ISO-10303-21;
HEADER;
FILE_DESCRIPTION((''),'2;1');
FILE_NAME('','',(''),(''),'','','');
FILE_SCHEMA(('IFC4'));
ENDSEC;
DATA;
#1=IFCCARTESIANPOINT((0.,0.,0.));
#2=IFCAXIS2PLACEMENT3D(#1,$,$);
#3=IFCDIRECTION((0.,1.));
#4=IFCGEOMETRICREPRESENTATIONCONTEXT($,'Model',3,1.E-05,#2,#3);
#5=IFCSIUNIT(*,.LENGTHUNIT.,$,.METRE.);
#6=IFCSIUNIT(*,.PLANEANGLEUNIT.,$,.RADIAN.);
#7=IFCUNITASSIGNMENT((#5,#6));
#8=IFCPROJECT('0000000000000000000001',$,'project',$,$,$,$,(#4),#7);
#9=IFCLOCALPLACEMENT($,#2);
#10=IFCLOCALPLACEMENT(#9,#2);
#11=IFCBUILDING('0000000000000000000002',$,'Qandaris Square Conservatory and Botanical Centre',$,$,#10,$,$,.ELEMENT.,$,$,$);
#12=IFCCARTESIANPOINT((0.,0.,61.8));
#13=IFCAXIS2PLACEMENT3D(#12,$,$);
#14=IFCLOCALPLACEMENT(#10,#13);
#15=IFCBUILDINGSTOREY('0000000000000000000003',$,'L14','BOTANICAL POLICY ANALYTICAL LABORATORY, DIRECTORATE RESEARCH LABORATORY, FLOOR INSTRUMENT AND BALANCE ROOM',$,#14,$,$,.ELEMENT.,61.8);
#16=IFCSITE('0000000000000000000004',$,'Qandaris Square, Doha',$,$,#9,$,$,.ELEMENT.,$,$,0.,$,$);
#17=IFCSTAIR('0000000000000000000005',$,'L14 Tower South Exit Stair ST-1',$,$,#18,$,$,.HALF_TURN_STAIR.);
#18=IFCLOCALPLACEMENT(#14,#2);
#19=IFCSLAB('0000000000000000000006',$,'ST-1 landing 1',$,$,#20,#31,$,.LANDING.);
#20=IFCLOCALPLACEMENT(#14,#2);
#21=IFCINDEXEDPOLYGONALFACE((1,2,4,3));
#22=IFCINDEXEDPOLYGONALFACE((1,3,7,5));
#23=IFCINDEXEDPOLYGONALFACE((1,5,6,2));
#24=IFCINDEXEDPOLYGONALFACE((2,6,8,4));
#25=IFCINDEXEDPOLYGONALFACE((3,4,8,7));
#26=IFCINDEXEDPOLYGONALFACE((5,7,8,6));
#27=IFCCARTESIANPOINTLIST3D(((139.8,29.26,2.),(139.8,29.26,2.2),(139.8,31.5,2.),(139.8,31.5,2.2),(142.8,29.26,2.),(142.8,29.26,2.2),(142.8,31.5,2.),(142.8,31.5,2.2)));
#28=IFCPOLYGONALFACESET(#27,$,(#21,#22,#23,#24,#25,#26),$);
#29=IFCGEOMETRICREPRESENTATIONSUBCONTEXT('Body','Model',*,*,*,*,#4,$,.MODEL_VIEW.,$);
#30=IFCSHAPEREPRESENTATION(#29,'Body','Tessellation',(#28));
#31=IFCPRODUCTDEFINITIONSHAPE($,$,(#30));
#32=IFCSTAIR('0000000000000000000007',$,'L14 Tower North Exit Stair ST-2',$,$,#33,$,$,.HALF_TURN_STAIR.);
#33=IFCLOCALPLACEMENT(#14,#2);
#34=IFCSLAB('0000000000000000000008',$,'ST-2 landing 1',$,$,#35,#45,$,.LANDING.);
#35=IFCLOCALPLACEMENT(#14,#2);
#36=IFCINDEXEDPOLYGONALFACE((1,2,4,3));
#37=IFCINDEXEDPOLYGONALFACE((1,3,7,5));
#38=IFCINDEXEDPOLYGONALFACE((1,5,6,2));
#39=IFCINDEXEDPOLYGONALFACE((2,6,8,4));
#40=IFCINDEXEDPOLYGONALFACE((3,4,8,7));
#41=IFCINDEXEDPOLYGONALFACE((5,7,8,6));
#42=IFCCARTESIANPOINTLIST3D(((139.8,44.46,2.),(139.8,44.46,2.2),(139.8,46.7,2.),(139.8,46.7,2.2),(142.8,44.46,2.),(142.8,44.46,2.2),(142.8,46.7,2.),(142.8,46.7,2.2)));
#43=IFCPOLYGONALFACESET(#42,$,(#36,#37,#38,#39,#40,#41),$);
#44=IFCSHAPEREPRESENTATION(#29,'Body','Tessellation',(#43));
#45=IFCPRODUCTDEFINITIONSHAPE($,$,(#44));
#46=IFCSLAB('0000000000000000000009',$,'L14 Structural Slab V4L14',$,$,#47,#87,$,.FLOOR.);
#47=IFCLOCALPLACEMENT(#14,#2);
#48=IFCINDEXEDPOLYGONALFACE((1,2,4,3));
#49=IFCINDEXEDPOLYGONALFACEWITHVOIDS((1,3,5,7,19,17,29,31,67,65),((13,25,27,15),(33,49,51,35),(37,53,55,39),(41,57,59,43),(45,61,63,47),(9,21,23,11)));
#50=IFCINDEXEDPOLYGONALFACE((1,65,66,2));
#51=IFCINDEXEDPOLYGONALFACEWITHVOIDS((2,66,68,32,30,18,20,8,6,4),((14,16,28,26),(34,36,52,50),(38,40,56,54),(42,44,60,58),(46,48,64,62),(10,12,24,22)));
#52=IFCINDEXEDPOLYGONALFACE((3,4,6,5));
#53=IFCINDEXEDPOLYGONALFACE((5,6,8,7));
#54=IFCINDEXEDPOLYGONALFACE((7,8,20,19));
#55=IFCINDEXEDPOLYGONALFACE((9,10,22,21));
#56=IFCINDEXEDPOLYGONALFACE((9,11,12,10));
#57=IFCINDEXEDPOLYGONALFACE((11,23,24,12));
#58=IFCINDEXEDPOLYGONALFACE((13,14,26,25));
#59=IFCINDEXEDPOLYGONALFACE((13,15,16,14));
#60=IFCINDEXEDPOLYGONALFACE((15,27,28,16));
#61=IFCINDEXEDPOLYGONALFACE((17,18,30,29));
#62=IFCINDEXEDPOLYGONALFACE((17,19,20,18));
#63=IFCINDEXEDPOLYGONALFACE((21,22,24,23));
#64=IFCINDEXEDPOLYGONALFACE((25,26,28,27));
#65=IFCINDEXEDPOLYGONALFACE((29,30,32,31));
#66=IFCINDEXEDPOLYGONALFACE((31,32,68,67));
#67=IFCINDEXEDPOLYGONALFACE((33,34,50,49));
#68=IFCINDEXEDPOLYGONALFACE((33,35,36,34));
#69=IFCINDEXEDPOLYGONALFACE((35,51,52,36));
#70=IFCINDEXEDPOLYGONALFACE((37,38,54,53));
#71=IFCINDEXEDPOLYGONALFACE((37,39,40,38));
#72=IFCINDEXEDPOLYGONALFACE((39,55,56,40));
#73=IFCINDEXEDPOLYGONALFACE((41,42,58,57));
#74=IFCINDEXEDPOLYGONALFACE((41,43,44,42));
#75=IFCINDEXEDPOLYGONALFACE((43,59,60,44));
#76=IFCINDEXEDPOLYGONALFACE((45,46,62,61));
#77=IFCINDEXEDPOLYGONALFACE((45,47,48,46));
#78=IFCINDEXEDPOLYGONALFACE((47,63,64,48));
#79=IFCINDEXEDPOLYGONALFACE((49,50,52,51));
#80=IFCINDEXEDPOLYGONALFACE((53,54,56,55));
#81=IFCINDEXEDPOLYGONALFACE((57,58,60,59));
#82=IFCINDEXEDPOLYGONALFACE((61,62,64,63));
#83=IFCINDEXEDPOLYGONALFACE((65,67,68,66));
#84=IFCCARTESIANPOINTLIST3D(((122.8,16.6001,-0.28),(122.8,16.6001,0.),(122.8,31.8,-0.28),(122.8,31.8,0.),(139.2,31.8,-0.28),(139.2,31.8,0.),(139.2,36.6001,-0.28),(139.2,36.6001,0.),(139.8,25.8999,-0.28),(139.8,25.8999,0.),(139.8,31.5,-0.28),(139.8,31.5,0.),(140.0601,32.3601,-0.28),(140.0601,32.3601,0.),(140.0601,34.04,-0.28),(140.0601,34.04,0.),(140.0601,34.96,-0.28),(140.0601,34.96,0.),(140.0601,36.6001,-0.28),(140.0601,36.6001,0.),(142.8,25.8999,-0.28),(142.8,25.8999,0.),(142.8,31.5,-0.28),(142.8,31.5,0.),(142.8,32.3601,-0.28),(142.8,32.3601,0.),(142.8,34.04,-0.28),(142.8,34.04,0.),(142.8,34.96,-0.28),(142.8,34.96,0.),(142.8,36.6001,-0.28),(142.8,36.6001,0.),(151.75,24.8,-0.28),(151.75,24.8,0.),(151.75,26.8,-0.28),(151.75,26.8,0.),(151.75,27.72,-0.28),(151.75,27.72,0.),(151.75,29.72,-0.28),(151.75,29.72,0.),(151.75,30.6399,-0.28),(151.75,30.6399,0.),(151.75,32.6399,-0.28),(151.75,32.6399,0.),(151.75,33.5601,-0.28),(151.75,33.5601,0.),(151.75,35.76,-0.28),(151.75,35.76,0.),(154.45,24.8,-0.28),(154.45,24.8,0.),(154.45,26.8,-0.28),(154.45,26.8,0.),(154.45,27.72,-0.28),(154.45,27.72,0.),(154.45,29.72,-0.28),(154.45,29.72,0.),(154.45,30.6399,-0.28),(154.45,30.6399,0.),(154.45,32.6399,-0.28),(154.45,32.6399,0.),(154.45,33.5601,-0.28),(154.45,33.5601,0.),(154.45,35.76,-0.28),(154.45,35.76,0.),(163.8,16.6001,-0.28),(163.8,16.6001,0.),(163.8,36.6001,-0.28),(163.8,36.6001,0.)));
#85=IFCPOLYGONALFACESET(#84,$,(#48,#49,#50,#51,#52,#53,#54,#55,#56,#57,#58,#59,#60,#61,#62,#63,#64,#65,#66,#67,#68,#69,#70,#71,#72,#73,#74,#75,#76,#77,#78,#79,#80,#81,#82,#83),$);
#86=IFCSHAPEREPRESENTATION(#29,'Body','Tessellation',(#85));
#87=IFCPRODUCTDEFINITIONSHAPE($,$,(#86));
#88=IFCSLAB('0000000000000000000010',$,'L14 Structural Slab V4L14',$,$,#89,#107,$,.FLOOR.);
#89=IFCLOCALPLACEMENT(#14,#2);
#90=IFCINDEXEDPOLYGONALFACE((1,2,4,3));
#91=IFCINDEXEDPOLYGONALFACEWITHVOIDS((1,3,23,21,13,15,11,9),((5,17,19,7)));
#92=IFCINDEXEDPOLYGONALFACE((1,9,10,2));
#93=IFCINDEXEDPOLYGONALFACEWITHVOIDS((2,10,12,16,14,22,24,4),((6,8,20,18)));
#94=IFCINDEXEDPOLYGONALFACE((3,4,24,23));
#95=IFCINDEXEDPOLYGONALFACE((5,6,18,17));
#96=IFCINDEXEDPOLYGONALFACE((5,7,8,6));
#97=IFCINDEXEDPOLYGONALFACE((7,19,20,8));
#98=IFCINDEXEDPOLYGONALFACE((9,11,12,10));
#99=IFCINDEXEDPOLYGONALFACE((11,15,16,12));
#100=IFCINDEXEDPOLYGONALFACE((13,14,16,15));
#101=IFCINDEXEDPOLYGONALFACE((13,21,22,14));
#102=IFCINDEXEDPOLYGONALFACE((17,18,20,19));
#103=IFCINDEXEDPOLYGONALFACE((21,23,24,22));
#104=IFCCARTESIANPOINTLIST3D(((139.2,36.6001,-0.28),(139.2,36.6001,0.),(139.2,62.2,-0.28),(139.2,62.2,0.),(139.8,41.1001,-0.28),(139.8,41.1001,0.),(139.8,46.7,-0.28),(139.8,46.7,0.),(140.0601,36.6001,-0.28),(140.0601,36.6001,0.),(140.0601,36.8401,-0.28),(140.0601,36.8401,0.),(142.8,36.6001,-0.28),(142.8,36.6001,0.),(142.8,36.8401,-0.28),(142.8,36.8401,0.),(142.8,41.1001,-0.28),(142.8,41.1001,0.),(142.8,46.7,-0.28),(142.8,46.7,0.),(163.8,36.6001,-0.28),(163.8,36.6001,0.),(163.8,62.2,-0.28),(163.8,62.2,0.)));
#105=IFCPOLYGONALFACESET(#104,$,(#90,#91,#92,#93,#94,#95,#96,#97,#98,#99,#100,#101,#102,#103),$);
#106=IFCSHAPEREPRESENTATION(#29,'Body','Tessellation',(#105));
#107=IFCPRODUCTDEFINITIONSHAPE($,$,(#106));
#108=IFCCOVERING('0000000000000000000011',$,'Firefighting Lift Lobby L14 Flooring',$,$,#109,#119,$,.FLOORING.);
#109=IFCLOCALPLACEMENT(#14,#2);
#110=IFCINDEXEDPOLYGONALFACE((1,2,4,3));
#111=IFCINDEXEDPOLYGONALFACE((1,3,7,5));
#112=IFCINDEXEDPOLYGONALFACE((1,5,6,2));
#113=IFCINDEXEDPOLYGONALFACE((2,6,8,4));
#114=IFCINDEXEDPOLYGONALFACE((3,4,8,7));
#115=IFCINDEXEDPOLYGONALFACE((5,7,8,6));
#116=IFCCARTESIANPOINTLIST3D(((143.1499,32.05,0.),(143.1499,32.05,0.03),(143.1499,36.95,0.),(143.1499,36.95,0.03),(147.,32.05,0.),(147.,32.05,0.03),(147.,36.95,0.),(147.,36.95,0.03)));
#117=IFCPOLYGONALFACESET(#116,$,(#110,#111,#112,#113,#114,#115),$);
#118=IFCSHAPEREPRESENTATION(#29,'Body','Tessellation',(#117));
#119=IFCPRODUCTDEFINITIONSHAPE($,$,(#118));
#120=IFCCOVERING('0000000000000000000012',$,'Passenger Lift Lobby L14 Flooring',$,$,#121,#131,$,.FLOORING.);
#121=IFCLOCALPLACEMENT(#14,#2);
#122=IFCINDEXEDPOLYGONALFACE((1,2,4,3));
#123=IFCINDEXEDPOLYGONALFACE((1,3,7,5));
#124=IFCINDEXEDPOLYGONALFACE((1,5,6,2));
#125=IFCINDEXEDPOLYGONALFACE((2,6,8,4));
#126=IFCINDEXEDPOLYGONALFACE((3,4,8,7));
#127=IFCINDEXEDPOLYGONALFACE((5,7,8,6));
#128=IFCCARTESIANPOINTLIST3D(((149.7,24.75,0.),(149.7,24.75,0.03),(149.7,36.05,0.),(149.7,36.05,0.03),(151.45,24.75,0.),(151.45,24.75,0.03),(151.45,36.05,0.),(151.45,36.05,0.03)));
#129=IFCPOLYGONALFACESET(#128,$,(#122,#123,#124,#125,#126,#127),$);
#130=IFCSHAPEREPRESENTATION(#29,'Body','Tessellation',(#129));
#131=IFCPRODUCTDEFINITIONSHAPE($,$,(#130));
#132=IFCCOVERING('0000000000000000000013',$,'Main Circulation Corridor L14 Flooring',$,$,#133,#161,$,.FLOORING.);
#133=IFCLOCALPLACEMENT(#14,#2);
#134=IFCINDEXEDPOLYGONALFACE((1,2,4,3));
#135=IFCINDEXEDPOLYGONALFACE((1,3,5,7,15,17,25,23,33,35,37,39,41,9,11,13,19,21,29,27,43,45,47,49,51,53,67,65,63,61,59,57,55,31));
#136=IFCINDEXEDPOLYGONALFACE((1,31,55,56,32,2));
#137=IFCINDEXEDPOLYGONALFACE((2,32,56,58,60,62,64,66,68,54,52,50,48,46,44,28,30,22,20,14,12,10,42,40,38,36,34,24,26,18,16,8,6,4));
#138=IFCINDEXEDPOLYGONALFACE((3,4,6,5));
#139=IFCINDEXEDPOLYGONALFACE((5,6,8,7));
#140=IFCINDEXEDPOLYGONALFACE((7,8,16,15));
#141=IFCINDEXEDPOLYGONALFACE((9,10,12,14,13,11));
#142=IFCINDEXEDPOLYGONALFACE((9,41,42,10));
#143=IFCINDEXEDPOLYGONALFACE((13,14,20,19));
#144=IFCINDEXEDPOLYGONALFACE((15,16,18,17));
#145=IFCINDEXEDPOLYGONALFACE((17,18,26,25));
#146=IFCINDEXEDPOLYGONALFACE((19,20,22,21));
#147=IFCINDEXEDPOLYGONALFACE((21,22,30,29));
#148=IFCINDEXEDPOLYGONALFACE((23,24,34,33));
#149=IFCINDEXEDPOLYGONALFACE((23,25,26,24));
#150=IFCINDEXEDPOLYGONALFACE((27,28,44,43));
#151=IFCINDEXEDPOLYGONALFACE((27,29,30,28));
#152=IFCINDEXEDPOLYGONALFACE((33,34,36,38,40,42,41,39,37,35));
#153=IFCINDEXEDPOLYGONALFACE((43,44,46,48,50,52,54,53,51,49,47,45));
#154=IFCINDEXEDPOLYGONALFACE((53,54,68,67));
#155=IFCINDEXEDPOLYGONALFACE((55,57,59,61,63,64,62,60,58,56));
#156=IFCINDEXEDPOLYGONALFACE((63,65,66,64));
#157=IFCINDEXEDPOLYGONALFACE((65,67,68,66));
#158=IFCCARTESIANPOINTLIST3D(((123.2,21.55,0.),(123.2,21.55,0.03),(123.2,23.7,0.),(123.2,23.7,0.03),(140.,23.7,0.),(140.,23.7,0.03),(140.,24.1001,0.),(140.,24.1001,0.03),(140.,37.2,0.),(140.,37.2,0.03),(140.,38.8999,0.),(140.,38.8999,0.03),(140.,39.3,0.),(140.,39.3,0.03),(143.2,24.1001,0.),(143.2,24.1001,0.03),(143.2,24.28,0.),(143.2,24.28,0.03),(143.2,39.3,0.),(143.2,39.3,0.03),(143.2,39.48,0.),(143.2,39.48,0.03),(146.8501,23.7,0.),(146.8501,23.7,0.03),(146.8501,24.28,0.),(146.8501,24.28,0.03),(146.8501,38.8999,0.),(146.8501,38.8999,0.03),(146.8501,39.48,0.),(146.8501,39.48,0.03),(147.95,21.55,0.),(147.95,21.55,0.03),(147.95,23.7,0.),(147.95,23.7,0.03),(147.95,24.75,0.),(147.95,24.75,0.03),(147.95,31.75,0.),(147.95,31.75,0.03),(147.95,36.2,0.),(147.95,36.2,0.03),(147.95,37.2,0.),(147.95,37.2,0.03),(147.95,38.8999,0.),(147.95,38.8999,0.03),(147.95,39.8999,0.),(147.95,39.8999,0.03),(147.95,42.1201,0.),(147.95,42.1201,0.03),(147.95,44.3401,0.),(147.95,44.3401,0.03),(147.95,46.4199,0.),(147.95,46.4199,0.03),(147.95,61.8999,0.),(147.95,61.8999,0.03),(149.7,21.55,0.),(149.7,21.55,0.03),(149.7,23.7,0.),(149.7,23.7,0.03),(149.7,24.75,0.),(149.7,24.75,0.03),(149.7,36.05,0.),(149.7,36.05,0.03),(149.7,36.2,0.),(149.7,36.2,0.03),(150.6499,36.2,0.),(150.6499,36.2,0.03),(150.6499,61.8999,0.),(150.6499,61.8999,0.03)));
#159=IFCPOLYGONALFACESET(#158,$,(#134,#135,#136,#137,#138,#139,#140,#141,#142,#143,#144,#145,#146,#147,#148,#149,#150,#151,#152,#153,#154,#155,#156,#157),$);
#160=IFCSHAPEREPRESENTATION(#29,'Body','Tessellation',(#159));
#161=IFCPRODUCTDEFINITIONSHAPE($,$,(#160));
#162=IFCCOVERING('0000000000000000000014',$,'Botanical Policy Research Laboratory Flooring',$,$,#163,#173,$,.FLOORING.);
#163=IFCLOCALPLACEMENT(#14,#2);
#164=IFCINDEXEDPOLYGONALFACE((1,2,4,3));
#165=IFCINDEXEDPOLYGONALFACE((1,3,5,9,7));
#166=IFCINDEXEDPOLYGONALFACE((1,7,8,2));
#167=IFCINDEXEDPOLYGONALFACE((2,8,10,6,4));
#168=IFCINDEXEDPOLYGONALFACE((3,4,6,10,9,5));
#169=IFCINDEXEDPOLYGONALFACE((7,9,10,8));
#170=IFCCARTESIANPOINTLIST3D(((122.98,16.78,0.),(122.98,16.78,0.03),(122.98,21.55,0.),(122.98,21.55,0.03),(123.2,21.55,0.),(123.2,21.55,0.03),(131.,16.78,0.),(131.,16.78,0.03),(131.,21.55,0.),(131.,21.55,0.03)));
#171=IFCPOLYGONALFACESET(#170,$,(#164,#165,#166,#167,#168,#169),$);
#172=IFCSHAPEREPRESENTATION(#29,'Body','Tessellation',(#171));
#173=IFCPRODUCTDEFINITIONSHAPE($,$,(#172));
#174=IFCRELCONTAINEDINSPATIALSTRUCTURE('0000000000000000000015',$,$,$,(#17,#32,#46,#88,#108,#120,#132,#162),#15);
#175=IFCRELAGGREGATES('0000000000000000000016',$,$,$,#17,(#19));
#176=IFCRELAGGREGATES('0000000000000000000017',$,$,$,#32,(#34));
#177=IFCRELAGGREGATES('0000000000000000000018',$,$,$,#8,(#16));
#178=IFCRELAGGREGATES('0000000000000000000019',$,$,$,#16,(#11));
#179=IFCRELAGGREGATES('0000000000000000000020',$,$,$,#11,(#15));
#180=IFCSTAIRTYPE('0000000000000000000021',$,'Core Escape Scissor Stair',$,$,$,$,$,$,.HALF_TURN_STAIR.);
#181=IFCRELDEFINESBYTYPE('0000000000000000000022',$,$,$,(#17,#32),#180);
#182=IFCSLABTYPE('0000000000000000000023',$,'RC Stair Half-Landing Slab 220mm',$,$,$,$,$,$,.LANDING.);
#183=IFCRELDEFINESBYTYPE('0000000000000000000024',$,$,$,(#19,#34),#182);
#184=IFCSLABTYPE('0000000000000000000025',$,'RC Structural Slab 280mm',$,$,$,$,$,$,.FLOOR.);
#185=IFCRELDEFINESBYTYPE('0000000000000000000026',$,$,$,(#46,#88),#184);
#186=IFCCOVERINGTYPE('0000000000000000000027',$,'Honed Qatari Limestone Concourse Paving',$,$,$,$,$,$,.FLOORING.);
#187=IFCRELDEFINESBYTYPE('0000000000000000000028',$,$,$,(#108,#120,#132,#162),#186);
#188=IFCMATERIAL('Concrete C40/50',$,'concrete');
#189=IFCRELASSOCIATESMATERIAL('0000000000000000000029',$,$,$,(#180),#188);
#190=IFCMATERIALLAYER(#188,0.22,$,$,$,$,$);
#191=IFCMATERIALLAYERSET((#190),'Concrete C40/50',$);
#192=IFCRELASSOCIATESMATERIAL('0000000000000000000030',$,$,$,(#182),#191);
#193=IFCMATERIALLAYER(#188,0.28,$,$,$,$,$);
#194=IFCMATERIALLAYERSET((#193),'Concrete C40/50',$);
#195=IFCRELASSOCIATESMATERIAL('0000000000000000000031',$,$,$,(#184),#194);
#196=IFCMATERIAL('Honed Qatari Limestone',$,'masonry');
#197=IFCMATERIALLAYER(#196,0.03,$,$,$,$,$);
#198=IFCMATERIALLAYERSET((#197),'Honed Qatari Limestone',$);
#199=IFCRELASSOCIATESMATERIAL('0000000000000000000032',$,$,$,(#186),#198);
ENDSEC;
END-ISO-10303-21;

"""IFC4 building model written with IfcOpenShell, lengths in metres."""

from ifc_helpers import new_model, si_unit, direction, frame, origin, place, context, subcontext, project, spatial, polyline, outline, extrude, material, layer, layer_set, type_object, element, aggregate, save


model = new_model("IFC4")

# Units and contexts
model_context = context("Model", 3, precision=1e-05, world=origin(), true_north=direction((0.0, 1.0)))
body_context = subcontext(model_context, "Body", "Model", "MODEL_VIEW")
ifc_project = project(units=[si_unit("LENGTHUNIT", "METRE"), si_unit("PLANEANGLEUNIT", "RADIAN")], contexts=[model_context])

# Site, building, storey
site_placement = place(None, origin())
site = spatial("IfcSite", under=ifc_project, at=site_placement, Name="Qandaris Square, Doha", CompositionType="ELEMENT", RefElevation=0.0)
building_placement = place(site_placement, origin())
building = spatial("IfcBuilding", under=site, at=building_placement, Name="Qandaris Square Conservatory and Botanical Centre", CompositionType="ELEMENT")
storey_placement = place(building_placement, frame((0.0, 0.0, 61.8)))
storey = spatial("IfcBuildingStorey", under=building, at=storey_placement, Name="L14", Description="BOTANICAL POLICY ANALYTICAL LABORATORY, DIRECTORATE RESEARCH LABORATORY, FLOOR INSTRUMENT AND BALANCE ROOM", CompositionType="ELEMENT", Elevation=61.8)

# Stairs, slabs
ifc_material_1 = material(Name="Concrete C40/50", Category="concrete")
stair_type = type_object("IfcStairType", Name="Core Escape Scissor Stair", PredefinedType="HALF_TURN_STAIR", material=ifc_material_1)
stair_1_placement = place(storey_placement, origin())
stair_1 = element("IfcStair", 1, at=stair_1_placement, inside=storey, type_object=stair_type, Name="L14 Tower South Exit Stair ST-1", PredefinedType="HALF_TURN_STAIR")
ifc_layer_1 = layer(ifc_material_1, 0.22)
ifc_layer_set_1 = layer_set([ifc_layer_1], Name="Concrete C40/50")
slab_type_1 = type_object("IfcSlabType", Name="RC Stair Half-Landing Slab 220mm", PredefinedType="LANDING", material=ifc_layer_set_1)
slab_1_placement = place(storey_placement, frame((0.0, 0.0, 2.0)))
slab_1 = element("IfcSlab", 2, at=slab_1_placement, type_object=slab_type_1, Name="ST-1 landing 1", PredefinedType="LANDING", context=body_context, shape_type="SweptSolid", body=[
    extrude(outline(polyline([(142.8, 29.26), (142.8, 31.5), (139.8, 31.5), (139.8, 29.26), (142.8, 29.26)])), origin(), (0.0, 0.0, 1.0), 0.2),
])
aggregate(stair_1, [slab_1])
stair_2_placement = place(storey_placement, origin())
stair_2 = element("IfcStair", 3, at=stair_2_placement, inside=storey, type_object=stair_type, Name="L14 Tower North Exit Stair ST-2", PredefinedType="HALF_TURN_STAIR")
slab_2_placement = place(storey_placement, frame((0.0, 0.0, 2.0)))
slab_2 = element("IfcSlab", 4, at=slab_2_placement, type_object=slab_type_1, Name="ST-2 landing 1", PredefinedType="LANDING", context=body_context, shape_type="SweptSolid", body=[
    extrude(outline(polyline([(142.8, 44.46), (142.8, 46.7), (139.8, 46.7), (139.8, 44.46), (142.8, 44.46)])), origin(), (0.0, 0.0, 1.0), 0.2),
])
aggregate(stair_2, [slab_2])

# Slabs
ifc_layer_2 = layer(ifc_material_1, 0.28)
ifc_layer_set_2 = layer_set([ifc_layer_2], Name="Concrete C40/50")
slab_type_2 = type_object("IfcSlabType", Name="RC Structural Slab 280mm", PredefinedType="FLOOR", material=ifc_layer_set_2)
slab_3_placement = place(storey_placement, frame((0.0, 0.0, -0.28)))
element("IfcSlab", 5, at=slab_3_placement, inside=storey, type_object=slab_type_2, Name="L14 Structural Slab V4L14", PredefinedType="FLOOR", context=body_context, shape_type="SweptSolid", body=[
    extrude(outline(polyline([(139.2, 31.8), (139.2, 36.6001), (140.0601, 36.6001), (140.0601, 34.96), (142.8, 34.96), (142.8, 36.6001), (163.8, 36.6001), (163.8, 16.6001), (122.8, 16.6001), (122.8, 31.8), (139.2, 31.8)]), holes=[polyline([(151.75, 24.8), (154.45, 24.8), (154.45, 26.8), (151.75, 26.8), (151.75, 24.8)]), polyline([(139.8, 25.8999), (142.8, 25.8999), (142.8, 31.5), (139.8, 31.5), (139.8, 25.8999)]), polyline([(151.75, 27.72), (154.45, 27.72), (154.45, 29.72), (151.75, 29.72), (151.75, 27.72)]), polyline([(151.75, 30.6399), (154.45, 30.6399), (154.45, 32.6399), (151.75, 32.6399), (151.75, 30.6399)]), polyline([(140.0601, 32.3601), (142.8, 32.3601), (142.8, 34.04), (140.0601, 34.04), (140.0601, 32.3601)]), polyline([(151.75, 33.5601), (154.45, 33.5601), (154.45, 35.76), (151.75, 35.76), (151.75, 33.5601)])]), origin(), (0.0, 0.0, 1.0), 0.28),
])
slab_4_placement = place(storey_placement, frame((0.0, 0.0, -0.28)))
element("IfcSlab", 6, at=slab_4_placement, inside=storey, type_object=slab_type_2, Name="L14 Structural Slab V4L14", PredefinedType="FLOOR", context=body_context, shape_type="SweptSolid", body=[
    extrude(outline(polyline([(139.2, 62.2), (163.8, 62.2), (163.8, 36.6001), (142.8, 36.6001), (142.8, 36.8401), (140.0601, 36.8401), (140.0601, 36.6001), (139.2, 36.6001), (139.2, 62.2)]), holes=[polyline([(139.8, 41.1001), (142.8, 41.1001), (142.8, 46.7), (139.8, 46.7), (139.8, 41.1001)])]), origin(), (0.0, 0.0, 1.0), 0.28),
])

# Coverings
ifc_material_2 = material(Name="Honed Qatari Limestone", Category="masonry")
ifc_layer_3 = layer(ifc_material_2, 0.03)
ifc_layer_set_3 = layer_set([ifc_layer_3], Name="Honed Qatari Limestone")
covering_type_1 = type_object("IfcCoveringType", Name="Honed Qatari Limestone Concourse Paving", PredefinedType="FLOORING", material=ifc_layer_set_3)
covering_1_placement = place(storey_placement, origin())
element("IfcCovering", 7, at=covering_1_placement, inside=storey, type_object=covering_type_1, Name="Firefighting Lift Lobby L14 Flooring", PredefinedType="FLOORING", context=body_context, shape_type="SweptSolid", body=[
    extrude(outline(polyline([(143.1499, 36.95), (147.0, 36.95), (147.0, 32.05), (143.1499, 32.05), (143.1499, 36.95)])), origin(), (0.0, 0.0, 1.0), 0.03),
])
covering_2_placement = place(storey_placement, origin())
element("IfcCovering", 8, at=covering_2_placement, inside=storey, type_object=covering_type_1, Name="Passenger Lift Lobby L14 Flooring", PredefinedType="FLOORING", context=body_context, shape_type="SweptSolid", body=[
    extrude(outline(polyline([(149.7, 36.05), (151.45, 36.05), (151.45, 24.75), (149.7, 24.75), (149.7, 36.05)])), origin(), (0.0, 0.0, 1.0), 0.03),
])
covering_3_placement = place(storey_placement, origin())
element("IfcCovering", 9, at=covering_3_placement, inside=storey, type_object=covering_type_1, Name="Main Circulation Corridor L14 Flooring", PredefinedType="FLOORING", context=body_context, shape_type="SweptSolid", body=[
    extrude(outline(polyline([(140.0, 24.1001), (143.2, 24.1001), (143.2, 24.28), (146.8501, 24.28), (146.8501, 23.7), (147.95, 23.7), (147.95, 24.75), (147.95, 31.75), (147.95, 36.2), (147.95, 37.2), (140.0, 37.2), (140.0, 38.8999), (140.0, 39.3), (143.2, 39.3), (143.2, 39.48), (146.8501, 39.48), (146.8501, 38.8999), (147.95, 38.8999), (147.95, 39.8999), (147.95, 42.1201), (147.95, 44.3401), (147.95, 46.4199), (147.95, 61.8999), (150.6499, 61.8999), (150.6499, 36.2), (149.7, 36.2), (149.7, 36.05), (149.7, 24.75), (149.7, 23.7), (149.7, 21.55), (147.95, 21.55), (123.2, 21.55), (123.2, 23.7), (140.0, 23.7), (140.0, 24.1001)])), origin(), (0.0, 0.0, 1.0), 0.03),
])
covering_4_placement = place(storey_placement, origin())
element("IfcCovering", 10, at=covering_4_placement, inside=storey, type_object=covering_type_1, Name="Botanical Policy Research Laboratory Flooring", PredefinedType="FLOORING", context=body_context, shape_type="SweptSolid", body=[
    extrude(outline(polyline([(123.2, 21.55), (131.0, 21.55), (131.0, 16.78), (122.98, 16.78), (122.98, 21.55), (123.2, 21.55)])), origin(), (0.0, 0.0, 1.0), 0.03),
])

save(model, "model.ifc")
